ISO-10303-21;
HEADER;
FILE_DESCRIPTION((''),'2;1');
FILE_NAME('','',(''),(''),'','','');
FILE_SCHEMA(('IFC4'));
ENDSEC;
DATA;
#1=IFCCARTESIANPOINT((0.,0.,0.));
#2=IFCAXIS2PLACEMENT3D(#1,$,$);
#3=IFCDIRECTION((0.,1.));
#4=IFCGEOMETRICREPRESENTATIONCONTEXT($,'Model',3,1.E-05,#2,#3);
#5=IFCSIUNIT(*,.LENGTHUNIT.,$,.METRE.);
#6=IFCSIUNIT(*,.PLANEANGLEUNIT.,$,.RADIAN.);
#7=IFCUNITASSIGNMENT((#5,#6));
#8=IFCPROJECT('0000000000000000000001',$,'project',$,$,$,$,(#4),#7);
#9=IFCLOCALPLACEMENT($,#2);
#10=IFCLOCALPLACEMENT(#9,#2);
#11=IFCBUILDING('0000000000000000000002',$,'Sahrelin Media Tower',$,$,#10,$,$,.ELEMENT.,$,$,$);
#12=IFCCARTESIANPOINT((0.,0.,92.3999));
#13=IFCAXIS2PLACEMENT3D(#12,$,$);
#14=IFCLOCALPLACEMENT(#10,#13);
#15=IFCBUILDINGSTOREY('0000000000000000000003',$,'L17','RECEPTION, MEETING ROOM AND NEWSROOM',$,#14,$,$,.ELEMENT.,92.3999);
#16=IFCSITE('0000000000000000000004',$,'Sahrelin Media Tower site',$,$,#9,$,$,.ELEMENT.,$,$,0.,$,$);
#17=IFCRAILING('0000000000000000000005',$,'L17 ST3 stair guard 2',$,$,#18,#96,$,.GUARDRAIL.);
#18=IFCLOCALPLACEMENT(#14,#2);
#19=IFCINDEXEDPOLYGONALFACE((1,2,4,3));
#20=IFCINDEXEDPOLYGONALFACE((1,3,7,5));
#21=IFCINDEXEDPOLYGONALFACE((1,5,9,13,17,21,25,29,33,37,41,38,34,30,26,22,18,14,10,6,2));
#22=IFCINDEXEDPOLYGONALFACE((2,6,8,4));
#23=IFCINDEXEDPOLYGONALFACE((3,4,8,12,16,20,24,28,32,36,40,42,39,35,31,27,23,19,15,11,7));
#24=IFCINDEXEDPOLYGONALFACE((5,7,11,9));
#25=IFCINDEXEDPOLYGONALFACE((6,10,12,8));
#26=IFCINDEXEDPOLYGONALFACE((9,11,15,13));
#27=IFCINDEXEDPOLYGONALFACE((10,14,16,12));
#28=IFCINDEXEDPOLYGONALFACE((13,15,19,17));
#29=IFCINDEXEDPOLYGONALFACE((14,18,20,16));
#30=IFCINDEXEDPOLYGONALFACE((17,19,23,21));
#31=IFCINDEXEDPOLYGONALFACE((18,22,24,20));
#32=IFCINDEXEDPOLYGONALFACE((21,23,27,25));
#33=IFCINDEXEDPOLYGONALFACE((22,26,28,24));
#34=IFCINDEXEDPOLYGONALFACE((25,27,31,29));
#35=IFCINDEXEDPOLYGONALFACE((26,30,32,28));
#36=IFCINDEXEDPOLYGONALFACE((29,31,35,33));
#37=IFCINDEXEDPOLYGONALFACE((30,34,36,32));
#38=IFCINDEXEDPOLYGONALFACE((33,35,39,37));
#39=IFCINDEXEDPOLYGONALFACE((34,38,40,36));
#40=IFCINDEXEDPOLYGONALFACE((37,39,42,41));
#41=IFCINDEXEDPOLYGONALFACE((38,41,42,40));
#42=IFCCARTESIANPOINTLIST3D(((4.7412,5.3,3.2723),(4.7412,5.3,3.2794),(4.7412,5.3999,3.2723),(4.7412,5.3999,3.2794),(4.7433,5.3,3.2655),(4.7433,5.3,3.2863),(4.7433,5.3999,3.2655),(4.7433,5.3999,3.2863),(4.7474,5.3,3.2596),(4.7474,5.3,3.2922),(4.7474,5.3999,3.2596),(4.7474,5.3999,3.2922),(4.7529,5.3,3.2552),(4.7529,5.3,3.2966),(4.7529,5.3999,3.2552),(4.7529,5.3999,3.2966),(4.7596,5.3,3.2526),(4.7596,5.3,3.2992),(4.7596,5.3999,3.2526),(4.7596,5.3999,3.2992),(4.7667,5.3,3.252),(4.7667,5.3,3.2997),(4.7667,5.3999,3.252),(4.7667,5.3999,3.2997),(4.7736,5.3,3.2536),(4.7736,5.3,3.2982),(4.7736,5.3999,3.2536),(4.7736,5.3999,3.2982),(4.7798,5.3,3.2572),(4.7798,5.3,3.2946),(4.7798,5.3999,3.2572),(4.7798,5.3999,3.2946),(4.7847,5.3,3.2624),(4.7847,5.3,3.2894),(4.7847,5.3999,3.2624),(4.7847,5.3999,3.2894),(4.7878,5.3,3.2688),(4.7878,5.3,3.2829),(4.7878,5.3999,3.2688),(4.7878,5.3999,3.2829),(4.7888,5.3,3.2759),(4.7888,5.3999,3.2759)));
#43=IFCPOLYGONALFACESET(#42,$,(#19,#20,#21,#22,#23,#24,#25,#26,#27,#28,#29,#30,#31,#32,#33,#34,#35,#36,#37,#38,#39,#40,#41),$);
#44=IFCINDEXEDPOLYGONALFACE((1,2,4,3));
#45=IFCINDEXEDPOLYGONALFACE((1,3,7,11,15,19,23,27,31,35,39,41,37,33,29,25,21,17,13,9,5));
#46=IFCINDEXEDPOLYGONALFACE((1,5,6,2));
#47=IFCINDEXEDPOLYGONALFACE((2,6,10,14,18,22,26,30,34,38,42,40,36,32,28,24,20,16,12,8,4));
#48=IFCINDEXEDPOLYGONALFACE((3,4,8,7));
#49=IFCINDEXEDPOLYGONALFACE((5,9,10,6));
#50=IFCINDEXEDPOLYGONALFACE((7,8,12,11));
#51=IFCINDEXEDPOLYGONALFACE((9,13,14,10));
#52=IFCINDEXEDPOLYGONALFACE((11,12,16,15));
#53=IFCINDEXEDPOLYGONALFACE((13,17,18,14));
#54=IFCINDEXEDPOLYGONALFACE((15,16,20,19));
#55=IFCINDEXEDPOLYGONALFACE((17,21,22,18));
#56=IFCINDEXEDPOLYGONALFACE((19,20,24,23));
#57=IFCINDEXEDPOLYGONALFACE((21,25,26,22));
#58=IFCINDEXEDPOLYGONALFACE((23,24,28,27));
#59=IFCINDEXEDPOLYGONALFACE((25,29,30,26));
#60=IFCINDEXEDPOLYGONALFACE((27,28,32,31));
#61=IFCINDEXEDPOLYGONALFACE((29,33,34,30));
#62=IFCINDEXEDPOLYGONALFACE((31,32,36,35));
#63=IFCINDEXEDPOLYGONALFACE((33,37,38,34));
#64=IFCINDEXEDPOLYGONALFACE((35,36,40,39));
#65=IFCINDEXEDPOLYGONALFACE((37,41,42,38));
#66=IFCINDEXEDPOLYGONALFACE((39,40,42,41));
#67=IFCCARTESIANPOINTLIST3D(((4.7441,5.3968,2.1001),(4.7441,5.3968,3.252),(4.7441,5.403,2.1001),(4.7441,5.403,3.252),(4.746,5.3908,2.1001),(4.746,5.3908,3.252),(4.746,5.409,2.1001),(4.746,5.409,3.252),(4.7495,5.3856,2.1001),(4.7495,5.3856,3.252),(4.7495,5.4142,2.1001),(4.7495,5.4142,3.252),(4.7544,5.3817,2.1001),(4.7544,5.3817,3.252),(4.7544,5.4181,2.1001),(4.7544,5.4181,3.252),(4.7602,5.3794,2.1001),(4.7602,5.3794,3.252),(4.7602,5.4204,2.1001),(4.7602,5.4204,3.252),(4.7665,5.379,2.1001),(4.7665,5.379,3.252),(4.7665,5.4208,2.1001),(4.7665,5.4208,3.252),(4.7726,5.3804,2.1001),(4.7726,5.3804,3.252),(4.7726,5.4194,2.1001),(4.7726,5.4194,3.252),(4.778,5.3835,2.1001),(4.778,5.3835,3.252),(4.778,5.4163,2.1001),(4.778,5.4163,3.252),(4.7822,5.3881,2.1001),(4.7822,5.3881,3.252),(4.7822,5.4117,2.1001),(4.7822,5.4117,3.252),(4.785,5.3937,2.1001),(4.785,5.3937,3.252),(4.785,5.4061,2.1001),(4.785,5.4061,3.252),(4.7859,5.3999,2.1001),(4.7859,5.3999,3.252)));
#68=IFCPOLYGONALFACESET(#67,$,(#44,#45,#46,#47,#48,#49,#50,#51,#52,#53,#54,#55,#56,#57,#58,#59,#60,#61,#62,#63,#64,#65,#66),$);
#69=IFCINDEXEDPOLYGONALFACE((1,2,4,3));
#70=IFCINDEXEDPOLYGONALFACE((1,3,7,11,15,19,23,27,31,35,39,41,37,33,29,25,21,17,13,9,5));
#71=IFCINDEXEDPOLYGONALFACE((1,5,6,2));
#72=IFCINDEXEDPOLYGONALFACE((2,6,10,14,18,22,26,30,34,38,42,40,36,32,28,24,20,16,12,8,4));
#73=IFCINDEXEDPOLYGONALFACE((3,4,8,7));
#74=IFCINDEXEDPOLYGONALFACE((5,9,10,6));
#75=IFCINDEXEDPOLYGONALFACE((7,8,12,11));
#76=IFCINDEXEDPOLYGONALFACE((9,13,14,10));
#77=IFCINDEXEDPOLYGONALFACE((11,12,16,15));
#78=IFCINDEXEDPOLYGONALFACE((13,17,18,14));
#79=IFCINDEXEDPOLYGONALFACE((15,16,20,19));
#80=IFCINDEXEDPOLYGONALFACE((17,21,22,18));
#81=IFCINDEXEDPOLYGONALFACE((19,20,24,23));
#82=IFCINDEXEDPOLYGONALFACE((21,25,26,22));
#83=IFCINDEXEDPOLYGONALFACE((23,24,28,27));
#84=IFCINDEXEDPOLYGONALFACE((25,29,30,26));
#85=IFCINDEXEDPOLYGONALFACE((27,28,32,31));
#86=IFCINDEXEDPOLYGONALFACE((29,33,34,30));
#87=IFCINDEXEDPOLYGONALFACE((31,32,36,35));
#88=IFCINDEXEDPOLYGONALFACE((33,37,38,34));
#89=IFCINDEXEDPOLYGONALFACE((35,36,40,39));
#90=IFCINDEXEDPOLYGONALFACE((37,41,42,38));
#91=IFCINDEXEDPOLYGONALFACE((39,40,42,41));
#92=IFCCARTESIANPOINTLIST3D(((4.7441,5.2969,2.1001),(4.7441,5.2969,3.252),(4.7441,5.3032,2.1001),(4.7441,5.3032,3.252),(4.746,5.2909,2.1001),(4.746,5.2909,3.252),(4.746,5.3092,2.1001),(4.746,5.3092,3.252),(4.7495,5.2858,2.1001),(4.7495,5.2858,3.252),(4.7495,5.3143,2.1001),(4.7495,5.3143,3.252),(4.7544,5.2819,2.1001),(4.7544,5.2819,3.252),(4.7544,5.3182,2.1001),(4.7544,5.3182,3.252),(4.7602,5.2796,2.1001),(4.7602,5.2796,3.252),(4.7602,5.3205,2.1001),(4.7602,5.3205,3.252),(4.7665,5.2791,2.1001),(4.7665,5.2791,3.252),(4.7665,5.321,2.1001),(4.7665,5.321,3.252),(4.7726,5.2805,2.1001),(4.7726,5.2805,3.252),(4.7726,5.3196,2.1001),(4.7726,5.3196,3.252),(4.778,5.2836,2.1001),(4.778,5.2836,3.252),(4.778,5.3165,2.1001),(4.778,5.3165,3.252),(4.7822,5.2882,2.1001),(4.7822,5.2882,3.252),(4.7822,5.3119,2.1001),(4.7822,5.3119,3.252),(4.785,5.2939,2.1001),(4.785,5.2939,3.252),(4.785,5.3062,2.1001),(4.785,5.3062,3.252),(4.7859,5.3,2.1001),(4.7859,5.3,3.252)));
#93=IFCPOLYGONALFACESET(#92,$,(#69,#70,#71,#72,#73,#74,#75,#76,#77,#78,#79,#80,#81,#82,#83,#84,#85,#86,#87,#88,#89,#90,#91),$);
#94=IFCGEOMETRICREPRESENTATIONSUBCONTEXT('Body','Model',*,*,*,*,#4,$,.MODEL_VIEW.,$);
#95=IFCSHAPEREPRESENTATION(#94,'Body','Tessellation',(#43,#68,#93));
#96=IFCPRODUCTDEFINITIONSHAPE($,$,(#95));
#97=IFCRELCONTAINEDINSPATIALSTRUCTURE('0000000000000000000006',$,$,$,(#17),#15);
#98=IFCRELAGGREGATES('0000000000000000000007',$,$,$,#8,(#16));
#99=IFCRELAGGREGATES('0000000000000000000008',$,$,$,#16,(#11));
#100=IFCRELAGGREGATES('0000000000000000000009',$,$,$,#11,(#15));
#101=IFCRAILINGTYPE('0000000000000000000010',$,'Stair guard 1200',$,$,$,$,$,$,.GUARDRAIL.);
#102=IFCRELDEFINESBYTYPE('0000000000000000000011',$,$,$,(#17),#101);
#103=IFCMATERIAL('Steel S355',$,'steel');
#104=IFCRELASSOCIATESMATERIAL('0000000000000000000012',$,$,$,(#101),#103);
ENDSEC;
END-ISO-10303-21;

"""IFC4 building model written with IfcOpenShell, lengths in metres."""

from ifc_helpers import new_model, si_unit, direction, frame, origin, origin_2d, place, context, subcontext, project, spatial, circle, extrude, material, type_object, element, save


model = new_model("IFC4")

# Units and contexts
model_context = context("Model", 3, precision=1e-05, world=origin(), true_north=direction((0.0, 1.0)))
body_context = subcontext(model_context, "Body", "Model", "MODEL_VIEW")
ifc_project = project(units=[si_unit("LENGTHUNIT", "METRE"), si_unit("PLANEANGLEUNIT", "RADIAN")], contexts=[model_context])

# Site, building, storey
site_placement = place(None, origin())
site = spatial("IfcSite", under=ifc_project, at=site_placement, Name="Sahrelin Media Tower site", CompositionType="ELEMENT", RefElevation=0.0)
building_placement = place(site_placement, origin())
building = spatial("IfcBuilding", under=site, at=building_placement, Name="Sahrelin Media Tower", CompositionType="ELEMENT")
storey_placement = place(building_placement, frame((0.0, 0.0, 92.3999)))
storey = spatial("IfcBuildingStorey", under=building, at=storey_placement, Name="L17", Description="RECEPTION, MEETING ROOM AND NEWSROOM", CompositionType="ELEMENT", Elevation=92.3999)

# Shared definitions
ifc_material_1 = material(Name="Steel S355", Category="steel")

# Railing
railing_type_1 = type_object("IfcRailingType", Name="Stair guard 1200", PredefinedType="GUARDRAIL", material=ifc_material_1)
railing_1_placement = place(storey_placement, frame((4.7649, 5.3999, 2.1001)))
element("IfcRailing", 1, at=railing_1_placement, inside=storey, type_object=railing_type_1, Name="L17 ST3 stair guard 2", PredefinedType="GUARDRAIL", context=body_context, shape_type="SweptSolid", body=[
    extrude(circle(Radius=0.0239, at=origin_2d()), frame((0.0, 0.0, 1.1758), z_axis=(0.0, -1.0, 0.0), x_axis=(1.0, 0.0, 0.0)), (0.0, 0.0, 1.0), 0.0999),
    extrude(circle(Radius=0.021, at=origin_2d()), origin(), (0.0, 0.0, 1.0), 1.1519),
    extrude(circle(Radius=0.021, at=origin_2d()), frame((0.0, -0.0999, 0.0)), (0.0, 0.0, 1.0), 1.1519),
])

save(model, "model.ifc")
